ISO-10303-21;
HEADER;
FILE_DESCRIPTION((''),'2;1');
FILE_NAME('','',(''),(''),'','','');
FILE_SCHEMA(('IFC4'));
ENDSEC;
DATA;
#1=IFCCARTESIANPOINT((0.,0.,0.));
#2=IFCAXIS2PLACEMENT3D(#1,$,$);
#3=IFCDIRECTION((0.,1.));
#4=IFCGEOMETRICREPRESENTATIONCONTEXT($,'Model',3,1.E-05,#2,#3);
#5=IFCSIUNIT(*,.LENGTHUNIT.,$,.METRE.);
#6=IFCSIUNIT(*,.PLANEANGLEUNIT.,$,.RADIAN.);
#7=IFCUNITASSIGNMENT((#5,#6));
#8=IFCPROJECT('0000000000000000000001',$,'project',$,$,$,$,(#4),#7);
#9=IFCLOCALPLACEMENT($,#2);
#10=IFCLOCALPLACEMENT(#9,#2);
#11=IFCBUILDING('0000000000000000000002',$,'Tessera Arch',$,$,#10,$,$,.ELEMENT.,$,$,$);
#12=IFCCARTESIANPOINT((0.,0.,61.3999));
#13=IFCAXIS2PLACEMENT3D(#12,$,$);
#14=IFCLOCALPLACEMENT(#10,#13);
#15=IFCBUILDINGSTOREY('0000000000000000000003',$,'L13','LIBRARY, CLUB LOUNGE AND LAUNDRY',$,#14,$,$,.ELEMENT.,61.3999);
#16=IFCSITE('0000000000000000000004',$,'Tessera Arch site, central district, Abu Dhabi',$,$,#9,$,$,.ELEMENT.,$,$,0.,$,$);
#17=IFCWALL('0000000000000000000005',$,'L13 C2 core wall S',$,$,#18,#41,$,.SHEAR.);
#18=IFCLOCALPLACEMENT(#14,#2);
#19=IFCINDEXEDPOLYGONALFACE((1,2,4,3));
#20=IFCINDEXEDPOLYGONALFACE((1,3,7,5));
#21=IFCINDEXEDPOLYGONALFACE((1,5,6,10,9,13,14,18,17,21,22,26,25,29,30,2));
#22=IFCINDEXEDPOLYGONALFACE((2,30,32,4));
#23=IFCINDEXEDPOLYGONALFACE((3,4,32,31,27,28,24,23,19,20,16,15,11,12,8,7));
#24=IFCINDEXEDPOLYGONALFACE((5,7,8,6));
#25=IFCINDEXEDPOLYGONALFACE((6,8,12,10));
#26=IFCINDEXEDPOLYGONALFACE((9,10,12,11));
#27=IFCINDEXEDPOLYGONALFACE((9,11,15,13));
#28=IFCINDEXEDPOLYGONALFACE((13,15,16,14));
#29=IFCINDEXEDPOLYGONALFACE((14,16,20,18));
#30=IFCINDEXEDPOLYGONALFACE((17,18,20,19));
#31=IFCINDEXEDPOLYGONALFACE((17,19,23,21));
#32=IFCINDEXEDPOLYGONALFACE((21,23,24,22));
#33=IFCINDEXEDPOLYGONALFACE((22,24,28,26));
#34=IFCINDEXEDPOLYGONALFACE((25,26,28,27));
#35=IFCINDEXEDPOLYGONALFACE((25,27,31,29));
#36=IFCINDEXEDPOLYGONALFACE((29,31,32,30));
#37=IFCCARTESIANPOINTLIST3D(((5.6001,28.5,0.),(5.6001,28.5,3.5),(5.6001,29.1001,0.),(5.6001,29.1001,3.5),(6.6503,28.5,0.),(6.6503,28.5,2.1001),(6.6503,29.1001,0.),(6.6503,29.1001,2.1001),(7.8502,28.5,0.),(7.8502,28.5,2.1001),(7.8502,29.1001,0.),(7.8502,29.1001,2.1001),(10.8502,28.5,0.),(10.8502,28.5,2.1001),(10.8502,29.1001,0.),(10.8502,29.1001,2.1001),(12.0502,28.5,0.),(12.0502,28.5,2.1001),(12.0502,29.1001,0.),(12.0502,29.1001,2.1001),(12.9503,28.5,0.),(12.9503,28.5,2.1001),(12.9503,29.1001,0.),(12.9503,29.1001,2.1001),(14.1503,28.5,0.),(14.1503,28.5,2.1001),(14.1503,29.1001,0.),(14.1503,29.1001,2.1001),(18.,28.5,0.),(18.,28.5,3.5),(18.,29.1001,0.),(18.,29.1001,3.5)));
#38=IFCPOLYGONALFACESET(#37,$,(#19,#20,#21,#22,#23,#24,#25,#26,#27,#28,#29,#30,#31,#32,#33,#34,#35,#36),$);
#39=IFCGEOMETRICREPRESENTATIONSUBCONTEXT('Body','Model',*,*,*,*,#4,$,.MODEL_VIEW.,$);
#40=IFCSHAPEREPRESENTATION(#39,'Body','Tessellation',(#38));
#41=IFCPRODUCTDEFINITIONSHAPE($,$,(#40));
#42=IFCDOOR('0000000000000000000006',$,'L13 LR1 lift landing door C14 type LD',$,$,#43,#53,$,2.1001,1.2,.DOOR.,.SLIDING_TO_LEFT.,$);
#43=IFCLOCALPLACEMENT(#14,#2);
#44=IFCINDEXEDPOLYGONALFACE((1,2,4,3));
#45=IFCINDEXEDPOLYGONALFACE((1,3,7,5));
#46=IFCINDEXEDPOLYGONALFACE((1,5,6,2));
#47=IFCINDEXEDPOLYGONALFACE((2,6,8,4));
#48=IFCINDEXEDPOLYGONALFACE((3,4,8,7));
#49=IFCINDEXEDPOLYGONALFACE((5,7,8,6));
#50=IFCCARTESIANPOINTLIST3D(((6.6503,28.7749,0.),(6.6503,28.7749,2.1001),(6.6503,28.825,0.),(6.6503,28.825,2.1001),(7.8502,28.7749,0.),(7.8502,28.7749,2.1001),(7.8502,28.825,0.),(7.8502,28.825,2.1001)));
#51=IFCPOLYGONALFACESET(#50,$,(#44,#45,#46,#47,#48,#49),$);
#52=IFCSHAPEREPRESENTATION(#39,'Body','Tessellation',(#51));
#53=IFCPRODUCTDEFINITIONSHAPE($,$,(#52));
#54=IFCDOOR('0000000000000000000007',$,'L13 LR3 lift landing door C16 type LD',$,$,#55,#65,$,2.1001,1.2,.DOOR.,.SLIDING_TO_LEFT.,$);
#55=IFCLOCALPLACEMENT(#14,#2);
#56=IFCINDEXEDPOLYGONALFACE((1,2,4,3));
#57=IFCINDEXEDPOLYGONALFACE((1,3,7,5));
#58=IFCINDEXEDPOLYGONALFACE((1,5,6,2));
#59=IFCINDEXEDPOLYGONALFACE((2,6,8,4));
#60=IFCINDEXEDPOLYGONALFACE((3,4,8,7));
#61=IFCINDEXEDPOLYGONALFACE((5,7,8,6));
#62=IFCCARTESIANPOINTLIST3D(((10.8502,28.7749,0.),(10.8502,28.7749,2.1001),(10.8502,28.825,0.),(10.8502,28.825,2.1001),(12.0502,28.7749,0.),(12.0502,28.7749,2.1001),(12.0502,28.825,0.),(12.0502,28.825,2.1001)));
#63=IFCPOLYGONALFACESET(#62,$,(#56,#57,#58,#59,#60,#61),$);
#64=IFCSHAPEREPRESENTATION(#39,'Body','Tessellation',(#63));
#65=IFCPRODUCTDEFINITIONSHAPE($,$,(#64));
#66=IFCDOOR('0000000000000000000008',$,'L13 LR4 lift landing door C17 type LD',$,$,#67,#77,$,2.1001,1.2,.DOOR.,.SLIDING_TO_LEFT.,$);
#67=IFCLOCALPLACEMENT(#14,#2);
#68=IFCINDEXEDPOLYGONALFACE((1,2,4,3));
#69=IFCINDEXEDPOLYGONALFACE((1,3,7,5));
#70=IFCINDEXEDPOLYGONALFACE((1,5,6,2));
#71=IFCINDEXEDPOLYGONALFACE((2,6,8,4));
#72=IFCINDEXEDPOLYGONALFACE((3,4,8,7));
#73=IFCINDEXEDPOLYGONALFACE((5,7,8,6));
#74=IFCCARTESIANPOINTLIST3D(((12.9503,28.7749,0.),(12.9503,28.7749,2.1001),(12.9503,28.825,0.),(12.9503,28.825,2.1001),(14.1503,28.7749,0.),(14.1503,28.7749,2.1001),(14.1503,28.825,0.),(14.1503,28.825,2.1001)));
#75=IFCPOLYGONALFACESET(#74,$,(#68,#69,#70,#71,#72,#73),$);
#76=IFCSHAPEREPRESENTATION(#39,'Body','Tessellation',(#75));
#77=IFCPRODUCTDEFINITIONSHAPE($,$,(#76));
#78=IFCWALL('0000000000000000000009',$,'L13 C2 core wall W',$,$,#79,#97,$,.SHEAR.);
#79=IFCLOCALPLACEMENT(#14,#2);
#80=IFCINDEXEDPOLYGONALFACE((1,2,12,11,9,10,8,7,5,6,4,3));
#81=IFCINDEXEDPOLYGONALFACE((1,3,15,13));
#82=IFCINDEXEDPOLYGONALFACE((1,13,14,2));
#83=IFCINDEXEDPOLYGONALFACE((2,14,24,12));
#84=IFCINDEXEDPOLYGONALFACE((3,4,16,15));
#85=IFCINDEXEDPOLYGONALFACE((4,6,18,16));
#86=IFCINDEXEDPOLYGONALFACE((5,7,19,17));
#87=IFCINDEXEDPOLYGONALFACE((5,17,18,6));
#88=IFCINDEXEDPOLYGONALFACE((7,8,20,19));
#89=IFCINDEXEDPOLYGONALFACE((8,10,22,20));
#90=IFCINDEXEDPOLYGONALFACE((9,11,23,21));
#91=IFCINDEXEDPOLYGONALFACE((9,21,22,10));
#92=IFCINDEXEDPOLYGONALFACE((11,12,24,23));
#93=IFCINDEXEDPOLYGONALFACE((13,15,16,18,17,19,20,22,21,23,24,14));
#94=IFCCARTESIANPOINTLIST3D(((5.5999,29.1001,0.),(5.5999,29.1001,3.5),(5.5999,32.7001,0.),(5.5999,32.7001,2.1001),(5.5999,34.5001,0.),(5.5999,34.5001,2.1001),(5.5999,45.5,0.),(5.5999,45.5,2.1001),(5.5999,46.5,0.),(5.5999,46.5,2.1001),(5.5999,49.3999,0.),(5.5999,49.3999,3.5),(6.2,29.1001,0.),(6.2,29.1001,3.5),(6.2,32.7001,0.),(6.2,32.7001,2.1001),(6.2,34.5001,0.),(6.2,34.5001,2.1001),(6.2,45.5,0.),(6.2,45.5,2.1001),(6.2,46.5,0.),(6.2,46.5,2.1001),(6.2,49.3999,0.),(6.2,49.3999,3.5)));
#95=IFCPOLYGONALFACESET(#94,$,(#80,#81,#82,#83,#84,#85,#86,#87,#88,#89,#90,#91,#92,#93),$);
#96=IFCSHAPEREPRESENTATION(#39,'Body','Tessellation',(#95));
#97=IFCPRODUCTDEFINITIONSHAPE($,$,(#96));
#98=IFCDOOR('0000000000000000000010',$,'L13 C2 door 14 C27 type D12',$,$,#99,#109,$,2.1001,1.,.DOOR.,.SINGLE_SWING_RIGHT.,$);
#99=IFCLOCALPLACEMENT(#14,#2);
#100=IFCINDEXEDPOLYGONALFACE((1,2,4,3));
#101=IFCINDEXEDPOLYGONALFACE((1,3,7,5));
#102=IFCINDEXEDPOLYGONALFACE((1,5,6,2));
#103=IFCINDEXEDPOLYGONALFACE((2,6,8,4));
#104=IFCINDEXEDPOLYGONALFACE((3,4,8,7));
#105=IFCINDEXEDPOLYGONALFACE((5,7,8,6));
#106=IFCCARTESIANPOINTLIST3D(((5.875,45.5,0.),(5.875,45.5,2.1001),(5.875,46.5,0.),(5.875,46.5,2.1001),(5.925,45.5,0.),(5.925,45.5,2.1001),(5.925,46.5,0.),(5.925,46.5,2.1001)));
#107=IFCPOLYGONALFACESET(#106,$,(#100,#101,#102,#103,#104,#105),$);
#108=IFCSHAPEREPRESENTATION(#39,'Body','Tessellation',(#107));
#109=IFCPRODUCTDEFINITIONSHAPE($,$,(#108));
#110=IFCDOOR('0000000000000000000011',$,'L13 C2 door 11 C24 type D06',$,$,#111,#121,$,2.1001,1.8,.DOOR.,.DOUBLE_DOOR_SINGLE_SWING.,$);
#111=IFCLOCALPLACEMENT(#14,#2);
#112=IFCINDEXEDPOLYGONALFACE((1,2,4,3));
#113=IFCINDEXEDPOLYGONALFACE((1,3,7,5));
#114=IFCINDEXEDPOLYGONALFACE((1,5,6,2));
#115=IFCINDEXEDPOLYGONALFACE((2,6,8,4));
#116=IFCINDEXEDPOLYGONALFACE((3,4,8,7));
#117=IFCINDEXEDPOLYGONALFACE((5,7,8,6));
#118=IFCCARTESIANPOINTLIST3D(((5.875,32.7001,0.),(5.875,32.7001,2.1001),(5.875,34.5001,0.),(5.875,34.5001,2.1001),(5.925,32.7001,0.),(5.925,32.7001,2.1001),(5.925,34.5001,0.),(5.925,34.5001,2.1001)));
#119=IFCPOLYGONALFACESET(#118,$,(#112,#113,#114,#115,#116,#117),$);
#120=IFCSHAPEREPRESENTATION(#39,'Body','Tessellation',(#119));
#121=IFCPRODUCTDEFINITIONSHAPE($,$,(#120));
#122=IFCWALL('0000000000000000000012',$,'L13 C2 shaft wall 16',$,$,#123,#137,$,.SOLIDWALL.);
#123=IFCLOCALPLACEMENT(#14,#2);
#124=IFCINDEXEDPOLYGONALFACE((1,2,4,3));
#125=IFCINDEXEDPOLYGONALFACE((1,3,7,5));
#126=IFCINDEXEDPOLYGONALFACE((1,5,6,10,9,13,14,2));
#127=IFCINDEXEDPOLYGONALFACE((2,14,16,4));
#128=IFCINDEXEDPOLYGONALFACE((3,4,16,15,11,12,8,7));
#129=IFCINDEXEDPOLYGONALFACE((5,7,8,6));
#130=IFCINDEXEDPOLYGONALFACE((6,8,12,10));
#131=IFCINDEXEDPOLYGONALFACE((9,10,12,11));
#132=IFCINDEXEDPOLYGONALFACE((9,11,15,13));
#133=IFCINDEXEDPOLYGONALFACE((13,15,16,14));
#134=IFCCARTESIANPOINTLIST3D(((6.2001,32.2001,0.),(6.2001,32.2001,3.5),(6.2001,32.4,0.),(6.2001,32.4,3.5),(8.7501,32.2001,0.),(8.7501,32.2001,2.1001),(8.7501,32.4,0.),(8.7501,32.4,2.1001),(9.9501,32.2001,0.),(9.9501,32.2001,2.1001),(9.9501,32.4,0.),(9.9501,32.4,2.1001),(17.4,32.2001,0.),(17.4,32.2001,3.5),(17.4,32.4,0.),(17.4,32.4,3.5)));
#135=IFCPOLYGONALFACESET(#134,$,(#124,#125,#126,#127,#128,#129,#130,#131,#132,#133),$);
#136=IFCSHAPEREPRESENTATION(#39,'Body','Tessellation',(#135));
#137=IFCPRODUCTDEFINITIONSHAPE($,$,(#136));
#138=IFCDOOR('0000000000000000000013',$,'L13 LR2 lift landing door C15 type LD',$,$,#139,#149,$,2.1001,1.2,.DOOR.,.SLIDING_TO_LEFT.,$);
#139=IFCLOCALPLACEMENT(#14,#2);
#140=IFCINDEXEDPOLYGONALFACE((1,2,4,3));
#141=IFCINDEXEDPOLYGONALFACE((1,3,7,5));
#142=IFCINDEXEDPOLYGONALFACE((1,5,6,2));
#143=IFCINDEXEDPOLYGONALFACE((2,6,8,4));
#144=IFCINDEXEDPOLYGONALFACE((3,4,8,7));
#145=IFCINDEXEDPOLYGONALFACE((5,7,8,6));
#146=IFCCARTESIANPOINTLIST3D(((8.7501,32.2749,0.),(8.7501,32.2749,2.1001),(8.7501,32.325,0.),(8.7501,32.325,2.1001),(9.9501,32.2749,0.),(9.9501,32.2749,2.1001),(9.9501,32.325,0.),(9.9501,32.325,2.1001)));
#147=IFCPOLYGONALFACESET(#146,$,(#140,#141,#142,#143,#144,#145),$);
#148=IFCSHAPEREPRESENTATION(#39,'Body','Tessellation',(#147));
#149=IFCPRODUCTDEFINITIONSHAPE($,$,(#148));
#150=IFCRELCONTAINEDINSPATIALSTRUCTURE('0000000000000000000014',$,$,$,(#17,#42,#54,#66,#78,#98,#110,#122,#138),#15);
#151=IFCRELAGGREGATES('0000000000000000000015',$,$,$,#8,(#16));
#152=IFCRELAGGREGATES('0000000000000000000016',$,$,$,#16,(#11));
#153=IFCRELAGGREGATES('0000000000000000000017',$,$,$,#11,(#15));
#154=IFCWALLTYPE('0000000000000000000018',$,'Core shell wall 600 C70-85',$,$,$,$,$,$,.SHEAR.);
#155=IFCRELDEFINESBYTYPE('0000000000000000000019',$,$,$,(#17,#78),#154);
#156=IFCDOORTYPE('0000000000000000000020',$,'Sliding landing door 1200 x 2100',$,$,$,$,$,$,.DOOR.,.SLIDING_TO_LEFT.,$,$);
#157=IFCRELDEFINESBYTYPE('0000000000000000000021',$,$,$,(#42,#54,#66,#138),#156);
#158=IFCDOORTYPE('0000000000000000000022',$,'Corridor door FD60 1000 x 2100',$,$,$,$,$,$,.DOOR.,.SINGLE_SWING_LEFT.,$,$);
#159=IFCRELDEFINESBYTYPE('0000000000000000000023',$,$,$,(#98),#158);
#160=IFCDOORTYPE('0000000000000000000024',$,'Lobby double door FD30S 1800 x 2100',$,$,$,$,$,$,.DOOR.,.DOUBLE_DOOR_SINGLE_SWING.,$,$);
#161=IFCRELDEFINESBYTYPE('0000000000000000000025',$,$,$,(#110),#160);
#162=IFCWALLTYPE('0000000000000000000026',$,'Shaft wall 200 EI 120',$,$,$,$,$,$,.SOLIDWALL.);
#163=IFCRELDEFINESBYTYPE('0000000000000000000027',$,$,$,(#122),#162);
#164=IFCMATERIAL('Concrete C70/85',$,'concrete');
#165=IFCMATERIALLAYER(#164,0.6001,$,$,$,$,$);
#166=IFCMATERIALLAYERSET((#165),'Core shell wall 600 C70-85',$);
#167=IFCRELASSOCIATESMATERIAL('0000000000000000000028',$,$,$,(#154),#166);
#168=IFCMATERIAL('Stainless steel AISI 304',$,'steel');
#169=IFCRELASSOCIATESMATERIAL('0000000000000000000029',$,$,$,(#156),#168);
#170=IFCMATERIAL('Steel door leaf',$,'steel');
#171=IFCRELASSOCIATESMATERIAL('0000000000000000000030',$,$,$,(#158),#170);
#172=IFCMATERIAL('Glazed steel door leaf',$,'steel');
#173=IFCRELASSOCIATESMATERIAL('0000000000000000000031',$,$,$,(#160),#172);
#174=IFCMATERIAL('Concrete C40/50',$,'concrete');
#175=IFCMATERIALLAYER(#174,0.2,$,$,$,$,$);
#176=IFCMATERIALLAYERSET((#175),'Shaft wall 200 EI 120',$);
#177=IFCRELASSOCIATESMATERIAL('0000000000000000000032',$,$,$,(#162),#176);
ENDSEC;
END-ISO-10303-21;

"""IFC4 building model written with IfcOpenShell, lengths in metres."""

from ifc_helpers import new_model, si_unit, direction, frame, frame_2d, origin, place, context, subcontext, project, spatial, rectangle, extrude, material, layer, layer_set, type_object, element, fill, save


model = new_model("IFC4")

# Units and contexts
model_context = context("Model", 3, precision=1e-05, world=origin(), true_north=direction((0.0, 1.0)))
body_context = subcontext(model_context, "Body", "Model", "MODEL_VIEW")
ifc_project = project(units=[si_unit("LENGTHUNIT", "METRE"), si_unit("PLANEANGLEUNIT", "RADIAN")], contexts=[model_context])

# Site, building, storey
site_placement = place(None, origin())
site = spatial("IfcSite", under=ifc_project, at=site_placement, Name="Tessera Arch site, central district, Abu Dhabi", CompositionType="ELEMENT", RefElevation=0.0)
building_placement = place(site_placement, origin())
building = spatial("IfcBuilding", under=site, at=building_placement, Name="Tessera Arch", CompositionType="ELEMENT")
storey_placement = place(building_placement, frame((0.0, 0.0, 61.3999)))
storey = spatial("IfcBuildingStorey", under=building, at=storey_placement, Name="L13", Description="LIBRARY, CLUB LOUNGE AND LAUNDRY", CompositionType="ELEMENT", Elevation=61.3999)

# Walls, openings, doors
ifc_material_1 = material(Name="Concrete C70/85", Category="concrete")
ifc_layer_1 = layer(ifc_material_1, 0.6001)
ifc_layer_set_1 = layer_set([ifc_layer_1], Name="Core shell wall 600 C70-85")
wall_type_1 = type_object("IfcWallType", Name="Core shell wall 600 C70-85", PredefinedType="SHEAR", material=ifc_layer_set_1)
wall_1_placement = place(storey_placement, frame((5.6001, 28.8, 0.0), z_axis=(0.0, 0.0, 1.0), x_axis=(1.0, 0.0, 0.0)))
wall_1 = element("IfcWall", 1, at=wall_1_placement, inside=storey, type_object=wall_type_1, Name="L13 C2 core wall S", PredefinedType="SHEAR", context=body_context, shape_type="SweptSolid", body=[
    extrude(rectangle(XDim=12.3999, YDim=0.6001, at=frame_2d((6.2, 0.0))), origin(), (0.0, 0.0, 1.0), 3.5),
])
opening_1_placement = place(wall_1_placement, frame((1.05, 0.0, 0.0)))
opening_1 = element("IfcOpeningElement", 2, at=opening_1_placement, cuts=wall_1, PredefinedType="OPENING", context=body_context, shape_type="SweptSolid", body=[
    extrude(rectangle(XDim=1.2, YDim=2.1001, at=frame_2d((0.6001, 1.05))), frame((0.0, 0.3101, 0.0), z_axis=(0.0, -1.0, 0.0), x_axis=(1.0, 0.0, 0.0)), (0.0, 0.0, 1.0), 0.6201),
])
opening_2_placement = place(wall_1_placement, frame((5.25, 0.0, 0.0)))
opening_2 = element("IfcOpeningElement", 3, at=opening_2_placement, cuts=wall_1, PredefinedType="OPENING", context=body_context, shape_type="SweptSolid", body=[
    extrude(rectangle(XDim=1.2, YDim=2.1001, at=frame_2d((0.6001, 1.05))), frame((0.0, 0.3101, 0.0), z_axis=(0.0, -1.0, 0.0), x_axis=(1.0, 0.0, 0.0)), (0.0, 0.0, 1.0), 0.6201),
])
opening_3_placement = place(wall_1_placement, frame((7.3501, 0.0, 0.0)))
opening_3 = element("IfcOpeningElement", 4, at=opening_3_placement, cuts=wall_1, PredefinedType="OPENING", context=body_context, shape_type="SweptSolid", body=[
    extrude(rectangle(XDim=1.2, YDim=2.1001, at=frame_2d((0.6001, 1.05))), frame((0.0, 0.3101, 0.0), z_axis=(0.0, -1.0, 0.0), x_axis=(1.0, 0.0, 0.0)), (0.0, 0.0, 1.0), 0.6201),
])
ifc_material_2 = material(Name="Stainless steel AISI 304", Category="steel")
door_type_1 = type_object("IfcDoorType", Name="Sliding landing door 1200 x 2100", OperationType="SLIDING_TO_LEFT", PredefinedType="DOOR", material=ifc_material_2)
door_1_placement = place(opening_1_placement, origin())
door_1 = element("IfcDoor", 5, at=door_1_placement, inside=storey, type_object=door_type_1, Name="L13 LR1 lift landing door C14 type LD", OperationType="SLIDING_TO_LEFT", OverallHeight=2.1001, OverallWidth=1.2, PredefinedType="DOOR", context=body_context, shape_type="SweptSolid", body=[
    extrude(rectangle(XDim=1.2, YDim=2.1001, at=frame_2d((0.6001, 1.05))), frame((0.0, 0.0249, 0.0), z_axis=(0.0, -1.0, 0.0), x_axis=(1.0, 0.0, 0.0)), (0.0, 0.0, 1.0), 0.05),
])
fill(opening_1, door_1)
door_2_placement = place(opening_2_placement, origin())
door_2 = element("IfcDoor", 6, at=door_2_placement, inside=storey, type_object=door_type_1, Name="L13 LR3 lift landing door C16 type LD", OperationType="SLIDING_TO_LEFT", OverallHeight=2.1001, OverallWidth=1.2, PredefinedType="DOOR", context=body_context, shape_type="SweptSolid", body=[
    extrude(rectangle(XDim=1.2, YDim=2.1001, at=frame_2d((0.6001, 1.05))), frame((0.0, 0.0249, 0.0), z_axis=(0.0, -1.0, 0.0), x_axis=(1.0, 0.0, 0.0)), (0.0, 0.0, 1.0), 0.05),
])
fill(opening_2, door_2)
door_3_placement = place(opening_3_placement, origin())
door_3 = element("IfcDoor", 7, at=door_3_placement, inside=storey, type_object=door_type_1, Name="L13 LR4 lift landing door C17 type LD", OperationType="SLIDING_TO_LEFT", OverallHeight=2.1001, OverallWidth=1.2, PredefinedType="DOOR", context=body_context, shape_type="SweptSolid", body=[
    extrude(rectangle(XDim=1.2, YDim=2.1001, at=frame_2d((0.6001, 1.05))), frame((0.0, 0.0249, 0.0), z_axis=(0.0, -1.0, 0.0), x_axis=(1.0, 0.0, 0.0)), (0.0, 0.0, 1.0), 0.05),
])
fill(opening_3, door_3)
wall_2_placement = place(storey_placement, frame((5.8999, 29.1001, 0.0), z_axis=(0.0, 0.0, 1.0), x_axis=(0.0, 1.0, 0.0)))
wall_2 = element("IfcWall", 8, at=wall_2_placement, inside=storey, type_object=wall_type_1, Name="L13 C2 core wall W", PredefinedType="SHEAR", context=body_context, shape_type="SweptSolid", body=[
    extrude(rectangle(XDim=20.2998, YDim=0.6001, at=frame_2d((10.1499, 0.0))), origin(), (0.0, 0.0, 1.0), 3.5),
])
opening_4_placement = place(wall_2_placement, frame((3.6001, 0.0, 0.0)))
opening_4 = element("IfcOpeningElement", 9, at=opening_4_placement, cuts=wall_2, PredefinedType="OPENING", context=body_context, shape_type="SweptSolid", body=[
    extrude(rectangle(XDim=1.8, YDim=2.1001, at=frame_2d((0.8999, 1.05))), frame((0.0, 0.3101, 0.0), z_axis=(0.0, -1.0, 0.0), x_axis=(1.0, 0.0, 0.0)), (0.0, 0.0, 1.0), 0.6201),
])
opening_5_placement = place(wall_2_placement, frame((16.3999, 0.0, 0.0)))
opening_5 = element("IfcOpeningElement", 10, at=opening_5_placement, cuts=wall_2, PredefinedType="OPENING", context=body_context, shape_type="SweptSolid", body=[
    extrude(rectangle(XDim=1.0, YDim=2.1001, at=frame_2d((0.5, 1.05))), frame((0.0, 0.3101, 0.0), z_axis=(0.0, -1.0, 0.0), x_axis=(1.0, 0.0, 0.0)), (0.0, 0.0, 1.0), 0.6201),
])
ifc_material_3 = material(Name="Steel door leaf", Category="steel")
door_type_2 = type_object("IfcDoorType", Name="Corridor door FD60 1000 x 2100", OperationType="SINGLE_SWING_LEFT", PredefinedType="DOOR", material=ifc_material_3)
door_4_placement = place(opening_5_placement, origin())
door_4 = element("IfcDoor", 11, at=door_4_placement, inside=storey, type_object=door_type_2, Name="L13 C2 door 14 C27 type D12", OperationType="SINGLE_SWING_RIGHT", OverallHeight=2.1001, OverallWidth=1.0, PredefinedType="DOOR", context=body_context, shape_type="SweptSolid", body=[
    extrude(rectangle(XDim=1.0, YDim=2.1001, at=frame_2d((0.5, 1.05))), frame((0.0, 0.0249, 0.0), z_axis=(0.0, -1.0, 0.0), x_axis=(1.0, 0.0, 0.0)), (0.0, 0.0, 1.0), 0.05),
])
fill(opening_5, door_4)
ifc_material_4 = material(Name="Glazed steel door leaf", Category="steel")
door_type_3 = type_object("IfcDoorType", Name="Lobby double door FD30S 1800 x 2100", OperationType="DOUBLE_DOOR_SINGLE_SWING", PredefinedType="DOOR", material=ifc_material_4)
door_5_placement = place(opening_4_placement, origin())
door_5 = element("IfcDoor", 12, at=door_5_placement, inside=storey, type_object=door_type_3, Name="L13 C2 door 11 C24 type D06", OperationType="DOUBLE_DOOR_SINGLE_SWING", OverallHeight=2.1001, OverallWidth=1.8, PredefinedType="DOOR", context=body_context, shape_type="SweptSolid", body=[
    extrude(rectangle(XDim=1.8, YDim=2.1001, at=frame_2d((0.8999, 1.05))), frame((0.0, 0.0249, 0.0), z_axis=(0.0, -1.0, 0.0), x_axis=(1.0, 0.0, 0.0)), (0.0, 0.0, 1.0), 0.05),
])
fill(opening_4, door_5)

# Wall, opening, door
ifc_material_5 = material(Name="Concrete C40/50", Category="concrete")
ifc_layer_2 = layer(ifc_material_5, 0.2)
ifc_layer_set_2 = layer_set([ifc_layer_2], Name="Shaft wall 200 EI 120")
wall_type_2 = type_object("IfcWallType", Name="Shaft wall 200 EI 120", PredefinedType="SOLIDWALL", material=ifc_layer_set_2)
wall_3_placement = place(storey_placement, frame((6.2, 32.3, 0.0), z_axis=(0.0, 0.0, 1.0), x_axis=(1.0, 0.0, 0.0)))
wall_3 = element("IfcWall", 13, at=wall_3_placement, inside=storey, type_object=wall_type_2, Name="L13 C2 shaft wall 16", PredefinedType="SOLIDWALL", context=body_context, shape_type="SweptSolid", body=[
    extrude(rectangle(XDim=11.2, YDim=0.2, at=frame_2d((5.6001, 0.0))), origin(), (0.0, 0.0, 1.0), 3.5),
])
opening_6_placement = place(wall_3_placement, frame((2.55, 0.0, 0.0)))
opening_6 = element("IfcOpeningElement", 14, at=opening_6_placement, cuts=wall_3, PredefinedType="OPENING", context=body_context, shape_type="SweptSolid", body=[
    extrude(rectangle(XDim=1.2, YDim=2.1001, at=frame_2d((0.6001, 1.05))), frame((0.0, 0.1099, 0.0), z_axis=(0.0, -1.0, 0.0), x_axis=(1.0, 0.0, 0.0)), (0.0, 0.0, 1.0), 0.22),
])
door_6_placement = place(opening_6_placement, origin())
door_6 = element("IfcDoor", 15, at=door_6_placement, inside=storey, type_object=door_type_1, Name="L13 LR2 lift landing door C15 type LD", OperationType="SLIDING_TO_LEFT", OverallHeight=2.1001, OverallWidth=1.2, PredefinedType="DOOR", context=body_context, shape_type="SweptSolid", body=[
    extrude(rectangle(XDim=1.2, YDim=2.1001, at=frame_2d((0.6001, 1.05))), frame((0.0, 0.0249, 0.0), z_axis=(0.0, -1.0, 0.0), x_axis=(1.0, 0.0, 0.0)), (0.0, 0.0, 1.0), 0.05),
])
fill(opening_6, door_6)

save(model, "model.ifc")
